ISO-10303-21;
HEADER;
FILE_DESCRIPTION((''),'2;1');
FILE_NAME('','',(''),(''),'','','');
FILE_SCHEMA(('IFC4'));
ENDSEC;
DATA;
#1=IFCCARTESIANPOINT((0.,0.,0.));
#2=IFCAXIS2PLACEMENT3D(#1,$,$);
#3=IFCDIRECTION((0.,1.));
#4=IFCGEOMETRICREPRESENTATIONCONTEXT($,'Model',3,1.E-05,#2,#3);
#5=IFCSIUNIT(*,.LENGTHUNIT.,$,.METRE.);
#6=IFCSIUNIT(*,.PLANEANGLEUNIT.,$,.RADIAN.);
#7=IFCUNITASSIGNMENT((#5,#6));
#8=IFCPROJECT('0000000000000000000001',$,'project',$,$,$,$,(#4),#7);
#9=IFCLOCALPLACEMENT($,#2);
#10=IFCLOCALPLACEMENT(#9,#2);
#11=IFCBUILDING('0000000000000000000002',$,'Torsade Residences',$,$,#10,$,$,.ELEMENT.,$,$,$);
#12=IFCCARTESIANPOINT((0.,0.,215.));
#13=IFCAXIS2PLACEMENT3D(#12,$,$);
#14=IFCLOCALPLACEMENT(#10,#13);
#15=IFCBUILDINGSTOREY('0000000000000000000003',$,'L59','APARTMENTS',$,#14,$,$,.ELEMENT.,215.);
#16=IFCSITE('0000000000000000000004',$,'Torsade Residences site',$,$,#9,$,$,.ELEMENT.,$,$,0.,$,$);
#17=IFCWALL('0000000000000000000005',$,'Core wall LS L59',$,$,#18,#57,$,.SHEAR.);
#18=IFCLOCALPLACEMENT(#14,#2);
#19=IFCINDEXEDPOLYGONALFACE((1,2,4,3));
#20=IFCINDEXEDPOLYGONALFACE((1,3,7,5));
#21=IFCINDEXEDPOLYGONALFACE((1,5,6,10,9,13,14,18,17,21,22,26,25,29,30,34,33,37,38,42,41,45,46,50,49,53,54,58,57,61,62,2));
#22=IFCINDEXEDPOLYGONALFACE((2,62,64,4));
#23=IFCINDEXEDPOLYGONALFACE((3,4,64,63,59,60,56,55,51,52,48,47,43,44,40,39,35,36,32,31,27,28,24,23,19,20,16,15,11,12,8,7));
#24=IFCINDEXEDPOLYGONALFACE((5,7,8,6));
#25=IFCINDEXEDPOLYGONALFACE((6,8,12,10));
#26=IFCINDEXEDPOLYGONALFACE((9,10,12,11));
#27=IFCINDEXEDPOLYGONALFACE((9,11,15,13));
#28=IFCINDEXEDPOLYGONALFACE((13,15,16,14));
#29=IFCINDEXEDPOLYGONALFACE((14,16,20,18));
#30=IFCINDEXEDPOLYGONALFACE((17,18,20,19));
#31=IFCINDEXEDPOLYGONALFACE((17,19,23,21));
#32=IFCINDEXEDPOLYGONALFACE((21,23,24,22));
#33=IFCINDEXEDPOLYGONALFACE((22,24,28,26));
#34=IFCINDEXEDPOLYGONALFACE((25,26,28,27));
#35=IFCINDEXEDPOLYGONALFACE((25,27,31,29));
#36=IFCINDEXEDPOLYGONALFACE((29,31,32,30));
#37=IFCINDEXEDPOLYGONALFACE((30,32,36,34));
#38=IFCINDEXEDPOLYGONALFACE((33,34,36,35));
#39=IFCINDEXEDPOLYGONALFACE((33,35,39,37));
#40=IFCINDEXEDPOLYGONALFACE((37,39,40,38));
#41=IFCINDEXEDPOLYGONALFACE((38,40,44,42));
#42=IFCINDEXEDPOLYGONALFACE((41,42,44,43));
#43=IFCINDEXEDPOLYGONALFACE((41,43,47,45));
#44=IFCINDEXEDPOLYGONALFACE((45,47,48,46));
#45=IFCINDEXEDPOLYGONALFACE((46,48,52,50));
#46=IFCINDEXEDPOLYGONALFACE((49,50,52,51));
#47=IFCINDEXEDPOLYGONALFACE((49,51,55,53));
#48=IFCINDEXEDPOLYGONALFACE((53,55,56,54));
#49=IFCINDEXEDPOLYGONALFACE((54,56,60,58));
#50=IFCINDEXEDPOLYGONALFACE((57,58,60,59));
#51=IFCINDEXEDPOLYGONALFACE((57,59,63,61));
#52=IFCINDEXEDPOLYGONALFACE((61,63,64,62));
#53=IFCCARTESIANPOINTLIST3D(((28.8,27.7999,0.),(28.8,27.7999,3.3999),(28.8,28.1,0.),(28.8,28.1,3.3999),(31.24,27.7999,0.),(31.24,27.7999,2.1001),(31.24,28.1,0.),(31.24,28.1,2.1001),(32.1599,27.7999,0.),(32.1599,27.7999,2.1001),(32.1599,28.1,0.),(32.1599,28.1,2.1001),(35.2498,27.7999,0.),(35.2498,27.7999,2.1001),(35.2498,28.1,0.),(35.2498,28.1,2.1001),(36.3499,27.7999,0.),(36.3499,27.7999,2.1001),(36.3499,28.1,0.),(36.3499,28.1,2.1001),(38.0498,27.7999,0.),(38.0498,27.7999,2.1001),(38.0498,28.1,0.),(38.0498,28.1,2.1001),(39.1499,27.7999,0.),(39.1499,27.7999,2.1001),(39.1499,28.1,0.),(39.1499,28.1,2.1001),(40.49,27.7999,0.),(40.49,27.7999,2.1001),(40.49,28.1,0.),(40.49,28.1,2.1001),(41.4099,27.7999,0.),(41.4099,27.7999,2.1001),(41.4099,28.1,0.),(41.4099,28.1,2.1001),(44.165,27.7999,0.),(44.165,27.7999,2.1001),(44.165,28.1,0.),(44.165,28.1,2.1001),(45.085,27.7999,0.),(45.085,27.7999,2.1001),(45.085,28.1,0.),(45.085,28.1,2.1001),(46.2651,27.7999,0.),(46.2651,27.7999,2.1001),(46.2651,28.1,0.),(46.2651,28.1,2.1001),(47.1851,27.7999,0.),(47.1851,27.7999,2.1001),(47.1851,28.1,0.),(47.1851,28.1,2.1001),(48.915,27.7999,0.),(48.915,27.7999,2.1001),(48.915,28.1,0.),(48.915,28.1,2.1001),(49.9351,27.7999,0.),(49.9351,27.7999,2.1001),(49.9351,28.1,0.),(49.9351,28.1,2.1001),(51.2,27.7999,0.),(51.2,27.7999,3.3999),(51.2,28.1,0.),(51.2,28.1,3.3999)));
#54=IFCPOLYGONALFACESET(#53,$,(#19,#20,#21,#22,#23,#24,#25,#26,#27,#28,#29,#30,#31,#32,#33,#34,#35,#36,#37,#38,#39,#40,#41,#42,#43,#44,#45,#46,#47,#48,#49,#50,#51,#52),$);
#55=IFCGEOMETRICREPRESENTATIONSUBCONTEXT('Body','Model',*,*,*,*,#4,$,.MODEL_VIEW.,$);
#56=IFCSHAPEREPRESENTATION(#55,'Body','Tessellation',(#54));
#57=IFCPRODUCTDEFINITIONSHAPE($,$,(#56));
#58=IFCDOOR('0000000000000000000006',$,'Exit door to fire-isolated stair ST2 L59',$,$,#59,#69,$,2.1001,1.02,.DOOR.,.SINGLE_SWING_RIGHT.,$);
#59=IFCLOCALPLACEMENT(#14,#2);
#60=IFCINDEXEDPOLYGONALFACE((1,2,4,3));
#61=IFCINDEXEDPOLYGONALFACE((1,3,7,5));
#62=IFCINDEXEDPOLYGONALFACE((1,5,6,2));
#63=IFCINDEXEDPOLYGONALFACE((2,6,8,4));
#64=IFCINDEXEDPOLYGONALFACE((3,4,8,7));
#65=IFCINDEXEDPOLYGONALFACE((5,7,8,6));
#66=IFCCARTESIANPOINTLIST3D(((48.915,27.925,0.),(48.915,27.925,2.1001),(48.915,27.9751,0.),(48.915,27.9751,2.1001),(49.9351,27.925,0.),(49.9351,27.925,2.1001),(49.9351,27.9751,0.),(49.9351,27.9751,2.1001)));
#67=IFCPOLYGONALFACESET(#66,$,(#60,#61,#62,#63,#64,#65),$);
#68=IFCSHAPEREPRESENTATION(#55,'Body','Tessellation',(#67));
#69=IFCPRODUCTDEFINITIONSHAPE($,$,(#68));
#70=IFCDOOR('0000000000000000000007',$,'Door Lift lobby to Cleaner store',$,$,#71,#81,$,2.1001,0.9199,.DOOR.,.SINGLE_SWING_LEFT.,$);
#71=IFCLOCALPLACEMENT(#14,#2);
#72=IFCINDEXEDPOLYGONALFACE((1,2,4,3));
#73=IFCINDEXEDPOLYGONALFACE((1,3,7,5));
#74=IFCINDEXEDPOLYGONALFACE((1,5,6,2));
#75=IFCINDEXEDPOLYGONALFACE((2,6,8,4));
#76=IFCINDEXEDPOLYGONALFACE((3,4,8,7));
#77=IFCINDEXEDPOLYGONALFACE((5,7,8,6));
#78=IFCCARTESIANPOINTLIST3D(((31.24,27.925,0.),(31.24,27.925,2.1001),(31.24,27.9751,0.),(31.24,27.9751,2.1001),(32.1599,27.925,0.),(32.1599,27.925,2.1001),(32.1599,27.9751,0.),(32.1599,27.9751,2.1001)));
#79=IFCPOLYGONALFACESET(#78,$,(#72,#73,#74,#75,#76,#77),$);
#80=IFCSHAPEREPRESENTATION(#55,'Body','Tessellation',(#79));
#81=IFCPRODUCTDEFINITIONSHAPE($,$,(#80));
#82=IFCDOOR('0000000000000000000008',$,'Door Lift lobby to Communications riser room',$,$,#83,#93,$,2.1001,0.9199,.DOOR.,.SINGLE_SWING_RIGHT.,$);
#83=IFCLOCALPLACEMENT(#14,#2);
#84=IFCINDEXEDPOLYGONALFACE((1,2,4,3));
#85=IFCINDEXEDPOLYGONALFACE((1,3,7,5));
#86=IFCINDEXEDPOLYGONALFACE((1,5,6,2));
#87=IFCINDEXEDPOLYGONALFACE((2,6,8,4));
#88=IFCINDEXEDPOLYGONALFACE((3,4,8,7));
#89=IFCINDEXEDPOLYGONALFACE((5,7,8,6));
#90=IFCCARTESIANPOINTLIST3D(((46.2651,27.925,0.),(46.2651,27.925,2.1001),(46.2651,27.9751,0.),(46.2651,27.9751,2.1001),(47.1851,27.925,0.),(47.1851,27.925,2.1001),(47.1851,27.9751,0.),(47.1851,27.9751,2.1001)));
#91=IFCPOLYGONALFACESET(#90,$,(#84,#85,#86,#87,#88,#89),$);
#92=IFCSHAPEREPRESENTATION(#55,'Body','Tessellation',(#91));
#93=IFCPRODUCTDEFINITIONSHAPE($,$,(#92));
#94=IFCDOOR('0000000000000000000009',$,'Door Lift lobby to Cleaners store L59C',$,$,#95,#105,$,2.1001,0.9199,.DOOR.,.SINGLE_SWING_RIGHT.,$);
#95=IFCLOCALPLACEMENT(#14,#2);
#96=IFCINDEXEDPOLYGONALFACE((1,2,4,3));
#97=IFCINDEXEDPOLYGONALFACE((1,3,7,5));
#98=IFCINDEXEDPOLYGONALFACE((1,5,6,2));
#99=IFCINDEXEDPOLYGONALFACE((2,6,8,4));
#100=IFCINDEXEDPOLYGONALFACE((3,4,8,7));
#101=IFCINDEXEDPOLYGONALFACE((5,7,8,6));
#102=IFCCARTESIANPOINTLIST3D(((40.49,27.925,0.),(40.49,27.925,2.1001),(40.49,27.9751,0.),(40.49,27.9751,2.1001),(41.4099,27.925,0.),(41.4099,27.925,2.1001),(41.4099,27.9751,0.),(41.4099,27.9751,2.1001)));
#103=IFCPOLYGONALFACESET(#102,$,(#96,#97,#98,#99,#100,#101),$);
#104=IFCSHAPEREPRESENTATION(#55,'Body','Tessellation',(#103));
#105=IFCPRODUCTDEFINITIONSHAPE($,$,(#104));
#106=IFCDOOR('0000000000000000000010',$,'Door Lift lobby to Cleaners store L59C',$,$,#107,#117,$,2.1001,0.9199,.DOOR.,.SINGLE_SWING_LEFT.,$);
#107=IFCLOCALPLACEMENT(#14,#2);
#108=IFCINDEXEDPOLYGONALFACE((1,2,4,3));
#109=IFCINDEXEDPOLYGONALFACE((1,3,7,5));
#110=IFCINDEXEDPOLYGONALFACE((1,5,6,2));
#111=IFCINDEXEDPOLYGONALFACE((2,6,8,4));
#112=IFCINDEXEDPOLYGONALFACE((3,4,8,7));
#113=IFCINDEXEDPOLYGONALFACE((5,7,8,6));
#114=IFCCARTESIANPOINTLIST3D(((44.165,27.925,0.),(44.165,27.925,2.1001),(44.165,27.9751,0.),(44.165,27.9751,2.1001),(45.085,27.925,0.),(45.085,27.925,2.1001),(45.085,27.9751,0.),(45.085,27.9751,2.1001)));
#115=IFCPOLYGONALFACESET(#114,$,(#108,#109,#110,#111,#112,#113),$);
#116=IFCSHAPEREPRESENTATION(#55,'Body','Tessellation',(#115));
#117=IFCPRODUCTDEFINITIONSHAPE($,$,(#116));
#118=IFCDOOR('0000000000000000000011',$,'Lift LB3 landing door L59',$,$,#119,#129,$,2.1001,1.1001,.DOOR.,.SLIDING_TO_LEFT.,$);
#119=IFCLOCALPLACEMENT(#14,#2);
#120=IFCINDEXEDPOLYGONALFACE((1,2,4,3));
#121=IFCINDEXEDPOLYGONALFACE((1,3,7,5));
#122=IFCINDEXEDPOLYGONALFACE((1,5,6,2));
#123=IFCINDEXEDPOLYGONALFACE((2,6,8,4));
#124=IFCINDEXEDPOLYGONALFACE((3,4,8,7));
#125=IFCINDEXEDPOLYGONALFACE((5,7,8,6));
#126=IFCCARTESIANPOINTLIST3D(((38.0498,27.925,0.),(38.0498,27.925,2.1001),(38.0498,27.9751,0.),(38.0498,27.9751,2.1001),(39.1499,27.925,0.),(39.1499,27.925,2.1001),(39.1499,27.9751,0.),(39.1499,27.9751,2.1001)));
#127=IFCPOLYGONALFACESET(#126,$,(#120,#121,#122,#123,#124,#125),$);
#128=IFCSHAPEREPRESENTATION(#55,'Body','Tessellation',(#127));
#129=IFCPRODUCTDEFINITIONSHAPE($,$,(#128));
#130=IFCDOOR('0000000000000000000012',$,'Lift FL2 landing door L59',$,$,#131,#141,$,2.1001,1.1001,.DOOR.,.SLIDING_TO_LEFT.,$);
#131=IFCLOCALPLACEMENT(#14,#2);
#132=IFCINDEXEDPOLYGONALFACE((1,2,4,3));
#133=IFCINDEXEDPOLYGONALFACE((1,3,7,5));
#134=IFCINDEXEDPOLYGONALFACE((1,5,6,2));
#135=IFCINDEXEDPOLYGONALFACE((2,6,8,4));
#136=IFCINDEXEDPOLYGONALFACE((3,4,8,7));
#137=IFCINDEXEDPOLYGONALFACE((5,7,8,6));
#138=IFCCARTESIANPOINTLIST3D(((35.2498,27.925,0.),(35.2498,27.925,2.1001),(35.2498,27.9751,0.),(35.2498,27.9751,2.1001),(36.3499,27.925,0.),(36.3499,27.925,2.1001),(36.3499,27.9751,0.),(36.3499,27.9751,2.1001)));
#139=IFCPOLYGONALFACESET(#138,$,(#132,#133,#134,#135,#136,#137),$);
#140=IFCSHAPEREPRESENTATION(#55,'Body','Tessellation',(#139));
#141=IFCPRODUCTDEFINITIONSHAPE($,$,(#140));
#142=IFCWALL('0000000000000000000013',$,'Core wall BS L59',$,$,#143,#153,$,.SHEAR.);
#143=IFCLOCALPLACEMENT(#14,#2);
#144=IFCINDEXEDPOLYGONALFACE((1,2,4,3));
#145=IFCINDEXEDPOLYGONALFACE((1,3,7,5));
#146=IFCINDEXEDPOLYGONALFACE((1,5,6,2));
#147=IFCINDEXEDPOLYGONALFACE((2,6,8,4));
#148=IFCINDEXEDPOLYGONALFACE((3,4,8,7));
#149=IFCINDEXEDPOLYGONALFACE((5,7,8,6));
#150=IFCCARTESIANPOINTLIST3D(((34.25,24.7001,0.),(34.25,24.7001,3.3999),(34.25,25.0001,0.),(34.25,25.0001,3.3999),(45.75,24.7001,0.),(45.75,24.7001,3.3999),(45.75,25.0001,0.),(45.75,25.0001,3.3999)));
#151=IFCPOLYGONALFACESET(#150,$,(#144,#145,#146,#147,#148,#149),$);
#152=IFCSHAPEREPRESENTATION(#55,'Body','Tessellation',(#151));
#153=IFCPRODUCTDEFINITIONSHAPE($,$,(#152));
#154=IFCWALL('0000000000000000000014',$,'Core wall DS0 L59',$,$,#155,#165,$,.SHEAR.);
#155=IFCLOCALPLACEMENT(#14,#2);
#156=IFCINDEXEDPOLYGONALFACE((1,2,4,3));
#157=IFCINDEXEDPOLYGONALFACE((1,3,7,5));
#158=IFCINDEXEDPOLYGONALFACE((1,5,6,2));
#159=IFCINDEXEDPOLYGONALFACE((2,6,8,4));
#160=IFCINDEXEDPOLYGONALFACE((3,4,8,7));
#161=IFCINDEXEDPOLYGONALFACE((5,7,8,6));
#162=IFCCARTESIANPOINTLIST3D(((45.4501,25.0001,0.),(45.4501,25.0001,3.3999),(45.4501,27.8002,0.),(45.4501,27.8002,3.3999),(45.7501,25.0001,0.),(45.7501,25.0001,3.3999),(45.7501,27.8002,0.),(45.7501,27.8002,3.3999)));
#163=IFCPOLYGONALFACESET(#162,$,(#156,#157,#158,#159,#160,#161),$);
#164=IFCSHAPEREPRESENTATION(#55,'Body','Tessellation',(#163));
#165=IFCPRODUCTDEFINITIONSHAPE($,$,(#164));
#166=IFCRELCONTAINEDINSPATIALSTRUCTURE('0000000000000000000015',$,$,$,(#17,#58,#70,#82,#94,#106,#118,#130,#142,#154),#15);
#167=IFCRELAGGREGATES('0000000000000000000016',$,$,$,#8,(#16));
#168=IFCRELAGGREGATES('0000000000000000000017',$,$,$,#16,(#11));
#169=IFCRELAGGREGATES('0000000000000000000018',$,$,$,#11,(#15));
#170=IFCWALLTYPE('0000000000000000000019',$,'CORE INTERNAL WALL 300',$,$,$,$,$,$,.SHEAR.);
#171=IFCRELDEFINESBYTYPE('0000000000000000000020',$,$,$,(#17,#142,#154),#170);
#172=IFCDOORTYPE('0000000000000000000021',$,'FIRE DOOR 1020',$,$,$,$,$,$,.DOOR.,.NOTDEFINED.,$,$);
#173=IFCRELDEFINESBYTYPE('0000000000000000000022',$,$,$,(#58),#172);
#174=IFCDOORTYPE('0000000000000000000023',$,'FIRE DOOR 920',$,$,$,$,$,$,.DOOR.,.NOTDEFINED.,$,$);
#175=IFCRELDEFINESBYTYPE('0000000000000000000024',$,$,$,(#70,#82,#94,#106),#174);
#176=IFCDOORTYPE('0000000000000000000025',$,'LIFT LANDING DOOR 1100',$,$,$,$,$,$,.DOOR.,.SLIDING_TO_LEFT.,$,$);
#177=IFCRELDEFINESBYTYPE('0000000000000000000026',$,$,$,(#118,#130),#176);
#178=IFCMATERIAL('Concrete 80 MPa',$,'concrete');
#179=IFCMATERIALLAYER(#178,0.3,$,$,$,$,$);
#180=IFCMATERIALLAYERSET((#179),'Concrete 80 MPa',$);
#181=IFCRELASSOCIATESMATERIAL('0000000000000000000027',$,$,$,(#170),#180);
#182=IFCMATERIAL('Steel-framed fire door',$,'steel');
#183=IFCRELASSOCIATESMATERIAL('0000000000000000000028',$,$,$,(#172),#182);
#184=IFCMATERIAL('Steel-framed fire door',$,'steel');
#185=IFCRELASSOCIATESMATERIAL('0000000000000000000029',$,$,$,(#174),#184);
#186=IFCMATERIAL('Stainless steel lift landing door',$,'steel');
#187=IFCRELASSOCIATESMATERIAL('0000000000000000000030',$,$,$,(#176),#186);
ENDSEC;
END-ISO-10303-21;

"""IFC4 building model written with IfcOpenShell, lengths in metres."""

from ifc_helpers import new_model, si_unit, direction, frame, frame_2d, origin, place, context, subcontext, project, spatial, rectangle, extrude, material, layer, layer_set, type_object, element, fill, save


model = new_model("IFC4")

# Units and contexts
model_context = context("Model", 3, precision=1e-05, world=origin(), true_north=direction((0.0, 1.0)))
body_context = subcontext(model_context, "Body", "Model", "MODEL_VIEW")
ifc_project = project(units=[si_unit("LENGTHUNIT", "METRE"), si_unit("PLANEANGLEUNIT", "RADIAN")], contexts=[model_context])

# Site, building, storey
site_placement = place(None, origin())
site = spatial("IfcSite", under=ifc_project, at=site_placement, Name="Torsade Residences site", CompositionType="ELEMENT", RefElevation=0.0)
building_placement = place(site_placement, origin())
building = spatial("IfcBuilding", under=site, at=building_placement, Name="Torsade Residences", CompositionType="ELEMENT")
storey_placement = place(building_placement, frame((0.0, 0.0, 215.0)))
storey = spatial("IfcBuildingStorey", under=building, at=storey_placement, Name="L59", Description="APARTMENTS", CompositionType="ELEMENT", Elevation=215.0)

# Wall, openings, doors
ifc_material_1 = material(Name="Concrete 80 MPa", Category="concrete")
ifc_layer_1 = layer(ifc_material_1, 0.3)
ifc_layer_set_1 = layer_set([ifc_layer_1], Name="Concrete 80 MPa")
wall_type_1 = type_object("IfcWallType", Name="CORE INTERNAL WALL 300", PredefinedType="SHEAR", material=ifc_layer_set_1)
wall_1_placement = place(storey_placement, frame((51.2, 27.95, 0.0), z_axis=(0.0, 0.0, 1.0), x_axis=(-1.0, 0.0, 0.0)))
wall_1 = element("IfcWall", 1, at=wall_1_placement, inside=storey, type_object=wall_type_1, Name="Core wall LS L59", PredefinedType="SHEAR", context=body_context, shape_type="SweptSolid", body=[
    extrude(rectangle(XDim=22.3999, YDim=0.3, at=frame_2d((11.2, 0.0))), origin(), (0.0, 0.0, 1.0), 3.3999),
])
opening_1_placement = place(wall_1_placement, frame((19.04, 0.0, 0.0)))
opening_1 = element("IfcOpeningElement", 2, at=opening_1_placement, cuts=wall_1, PredefinedType="OPENING", context=body_context, shape_type="SweptSolid", body=[
    extrude(rectangle(XDim=0.9199, YDim=2.1001, at=frame_2d((0.46, 1.05))), frame((0.0, 0.1599, 0.0), z_axis=(0.0, -1.0, 0.0), x_axis=(1.0, 0.0, 0.0)), (0.0, 0.0, 1.0), 0.3201),
])
opening_2_placement = place(wall_1_placement, frame((1.2649, 0.0, 0.0)))
opening_2 = element("IfcOpeningElement", 3, at=opening_2_placement, cuts=wall_1, PredefinedType="OPENING", context=body_context, shape_type="SweptSolid", body=[
    extrude(rectangle(XDim=1.02, YDim=2.1001, at=frame_2d((0.51, 1.05))), frame((0.0, 0.1599, 0.0), z_axis=(0.0, -1.0, 0.0), x_axis=(1.0, 0.0, 0.0)), (0.0, 0.0, 1.0), 0.3201),
])
opening_3_placement = place(wall_1_placement, frame((4.0149, 0.0, 0.0)))
opening_3 = element("IfcOpeningElement", 4, at=opening_3_placement, cuts=wall_1, PredefinedType="OPENING", context=body_context, shape_type="SweptSolid", body=[
    extrude(rectangle(XDim=0.9199, YDim=2.1001, at=frame_2d((0.46, 1.05))), frame((0.0, 0.1599, 0.0), z_axis=(0.0, -1.0, 0.0), x_axis=(1.0, 0.0, 0.0)), (0.0, 0.0, 1.0), 0.3201),
])
opening_4_placement = place(wall_1_placement, frame((9.79, 0.0, 0.0)))
opening_4 = element("IfcOpeningElement", 5, at=opening_4_placement, cuts=wall_1, PredefinedType="OPENING", context=body_context, shape_type="SweptSolid", body=[
    extrude(rectangle(XDim=0.9199, YDim=2.1001, at=frame_2d((0.46, 1.05))), frame((0.0, 0.1599, 0.0), z_axis=(0.0, -1.0, 0.0), x_axis=(1.0, 0.0, 0.0)), (0.0, 0.0, 1.0), 0.3201),
])
opening_5_placement = place(wall_1_placement, frame((6.115, 0.0, 0.0)))
opening_5 = element("IfcOpeningElement", 6, at=opening_5_placement, cuts=wall_1, PredefinedType="OPENING", context=body_context, shape_type="SweptSolid", body=[
    extrude(rectangle(XDim=0.9199, YDim=2.1001, at=frame_2d((0.46, 1.05))), frame((0.0, 0.1599, 0.0), z_axis=(0.0, -1.0, 0.0), x_axis=(1.0, 0.0, 0.0)), (0.0, 0.0, 1.0), 0.3201),
])
opening_6_placement = place(wall_1_placement, frame((12.05, 0.0, 0.0)))
opening_6 = element("IfcOpeningElement", 7, at=opening_6_placement, cuts=wall_1, PredefinedType="OPENING", context=body_context, shape_type="SweptSolid", body=[
    extrude(rectangle(XDim=1.1001, YDim=2.1001, at=frame_2d((0.55, 1.05))), frame((0.0, 0.1599, 0.0), z_axis=(0.0, -1.0, 0.0), x_axis=(1.0, 0.0, 0.0)), (0.0, 0.0, 1.0), 0.3201),
])
opening_7_placement = place(wall_1_placement, frame((14.8501, 0.0, 0.0)))
opening_7 = element("IfcOpeningElement", 8, at=opening_7_placement, cuts=wall_1, PredefinedType="OPENING", context=body_context, shape_type="SweptSolid", body=[
    extrude(rectangle(XDim=1.1001, YDim=2.1001, at=frame_2d((0.55, 1.05))), frame((0.0, 0.1599, 0.0), z_axis=(0.0, -1.0, 0.0), x_axis=(1.0, 0.0, 0.0)), (0.0, 0.0, 1.0), 0.3201),
])
ifc_material_2 = material(Name="Steel-framed fire door", Category="steel")
door_type_1 = type_object("IfcDoorType", Name="FIRE DOOR 1020", OperationType="NOTDEFINED", PredefinedType="DOOR", material=ifc_material_2)
door_1_placement = place(opening_2_placement, origin())
door_1 = element("IfcDoor", 9, at=door_1_placement, inside=storey, type_object=door_type_1, Name="Exit door to fire-isolated stair ST2 L59", OperationType="SINGLE_SWING_RIGHT", OverallHeight=2.1001, OverallWidth=1.02, PredefinedType="DOOR", context=body_context, shape_type="SweptSolid", body=[
    extrude(rectangle(XDim=1.02, YDim=2.1001, at=frame_2d((0.51, 1.05))), frame((0.0, 0.0249, 0.0), z_axis=(0.0, -1.0, 0.0), x_axis=(1.0, 0.0, 0.0)), (0.0, 0.0, 1.0), 0.05),
])
fill(opening_2, door_1)
ifc_material_3 = material(Name="Steel-framed fire door", Category="steel")
door_type_2 = type_object("IfcDoorType", Name="FIRE DOOR 920", OperationType="NOTDEFINED", PredefinedType="DOOR", material=ifc_material_3)
door_2_placement = place(opening_1_placement, origin())
door_2 = element("IfcDoor", 10, at=door_2_placement, inside=storey, type_object=door_type_2, Name="Door Lift lobby to Cleaner store", OperationType="SINGLE_SWING_LEFT", OverallHeight=2.1001, OverallWidth=0.9199, PredefinedType="DOOR", context=body_context, shape_type="SweptSolid", body=[
    extrude(rectangle(XDim=0.9199, YDim=2.1001, at=frame_2d((0.46, 1.05))), frame((0.0, 0.0249, 0.0), z_axis=(0.0, -1.0, 0.0), x_axis=(1.0, 0.0, 0.0)), (0.0, 0.0, 1.0), 0.05),
])
fill(opening_1, door_2)
door_3_placement = place(opening_3_placement, origin())
door_3 = element("IfcDoor", 11, at=door_3_placement, inside=storey, type_object=door_type_2, Name="Door Lift lobby to Communications riser room", OperationType="SINGLE_SWING_RIGHT", OverallHeight=2.1001, OverallWidth=0.9199, PredefinedType="DOOR", context=body_context, shape_type="SweptSolid", body=[
    extrude(rectangle(XDim=0.9199, YDim=2.1001, at=frame_2d((0.46, 1.05))), frame((0.0, 0.0249, 0.0), z_axis=(0.0, -1.0, 0.0), x_axis=(1.0, 0.0, 0.0)), (0.0, 0.0, 1.0), 0.05),
])
fill(opening_3, door_3)
door_4_placement = place(opening_4_placement, origin())
door_4 = element("IfcDoor", 12, at=door_4_placement, inside=storey, type_object=door_type_2, Name="Door Lift lobby to Cleaners store L59C", OperationType="SINGLE_SWING_RIGHT", OverallHeight=2.1001, OverallWidth=0.9199, PredefinedType="DOOR", context=body_context, shape_type="SweptSolid", body=[
    extrude(rectangle(XDim=0.9199, YDim=2.1001, at=frame_2d((0.46, 1.05))), frame((0.0, 0.0249, 0.0), z_axis=(0.0, -1.0, 0.0), x_axis=(1.0, 0.0, 0.0)), (0.0, 0.0, 1.0), 0.05),
])
fill(opening_4, door_4)
door_5_placement = place(opening_5_placement, origin())
door_5 = element("IfcDoor", 13, at=door_5_placement, inside=storey, type_object=door_type_2, Name="Door Lift lobby to Cleaners store L59C", OperationType="SINGLE_SWING_LEFT", OverallHeight=2.1001, OverallWidth=0.9199, PredefinedType="DOOR", context=body_context, shape_type="SweptSolid", body=[
    extrude(rectangle(XDim=0.9199, YDim=2.1001, at=frame_2d((0.46, 1.05))), frame((0.0, 0.0249, 0.0), z_axis=(0.0, -1.0, 0.0), x_axis=(1.0, 0.0, 0.0)), (0.0, 0.0, 1.0), 0.05),
])
fill(opening_5, door_5)
ifc_material_4 = material(Name="Stainless steel lift landing door", Category="steel")
door_type_3 = type_object("IfcDoorType", Name="LIFT LANDING DOOR 1100", OperationType="SLIDING_TO_LEFT", PredefinedType="DOOR", material=ifc_material_4)
door_6_placement = place(opening_6_placement, origin())
door_6 = element("IfcDoor", 14, at=door_6_placement, inside=storey, type_object=door_type_3, Name="Lift LB3 landing door L59", OperationType="SLIDING_TO_LEFT", OverallHeight=2.1001, OverallWidth=1.1001, PredefinedType="DOOR", context=body_context, shape_type="SweptSolid", body=[
    extrude(rectangle(XDim=1.1001, YDim=2.1001, at=frame_2d((0.55, 1.05))), frame((0.0, 0.0249, 0.0), z_axis=(0.0, -1.0, 0.0), x_axis=(1.0, 0.0, 0.0)), (0.0, 0.0, 1.0), 0.05),
])
fill(opening_6, door_6)
door_7_placement = place(opening_7_placement, origin())
door_7 = element("IfcDoor", 15, at=door_7_placement, inside=storey, type_object=door_type_3, Name="Lift FL2 landing door L59", OperationType="SLIDING_TO_LEFT", OverallHeight=2.1001, OverallWidth=1.1001, PredefinedType="DOOR", context=body_context, shape_type="SweptSolid", body=[
    extrude(rectangle(XDim=1.1001, YDim=2.1001, at=frame_2d((0.55, 1.05))), frame((0.0, 0.0249, 0.0), z_axis=(0.0, -1.0, 0.0), x_axis=(1.0, 0.0, 0.0)), (0.0, 0.0, 1.0), 0.05),
])
fill(opening_7, door_7)

# Walls
wall_2_placement = place(storey_placement, frame((45.75, 24.8501, 0.0), z_axis=(0.0, 0.0, 1.0), x_axis=(-1.0, 0.0, 0.0)))
element("IfcWall", 16, at=wall_2_placement, inside=storey, type_object=wall_type_1, Name="Core wall BS L59", PredefinedType="SHEAR", context=body_context, shape_type="SweptSolid", body=[
    extrude(rectangle(XDim=11.5, YDim=0.3, at=frame_2d((5.75, 0.0))), origin(), (0.0, 0.0, 1.0), 3.3999),
])
wall_3_placement = place(storey_placement, frame((45.6001, 27.8, 0.0), z_axis=(0.0, 0.0, 1.0), x_axis=(0.0, -1.0, 0.0)))
element("IfcWall", 17, at=wall_3_placement, inside=storey, type_object=wall_type_1, Name="Core wall DS0 L59", PredefinedType="SHEAR", context=body_context, shape_type="SweptSolid", body=[
    extrude(rectangle(XDim=2.8, YDim=0.3, at=frame_2d((1.3999, 0.0))), origin(), (0.0, 0.0, 1.0), 3.3999),
])

save(model, "model.ifc")
